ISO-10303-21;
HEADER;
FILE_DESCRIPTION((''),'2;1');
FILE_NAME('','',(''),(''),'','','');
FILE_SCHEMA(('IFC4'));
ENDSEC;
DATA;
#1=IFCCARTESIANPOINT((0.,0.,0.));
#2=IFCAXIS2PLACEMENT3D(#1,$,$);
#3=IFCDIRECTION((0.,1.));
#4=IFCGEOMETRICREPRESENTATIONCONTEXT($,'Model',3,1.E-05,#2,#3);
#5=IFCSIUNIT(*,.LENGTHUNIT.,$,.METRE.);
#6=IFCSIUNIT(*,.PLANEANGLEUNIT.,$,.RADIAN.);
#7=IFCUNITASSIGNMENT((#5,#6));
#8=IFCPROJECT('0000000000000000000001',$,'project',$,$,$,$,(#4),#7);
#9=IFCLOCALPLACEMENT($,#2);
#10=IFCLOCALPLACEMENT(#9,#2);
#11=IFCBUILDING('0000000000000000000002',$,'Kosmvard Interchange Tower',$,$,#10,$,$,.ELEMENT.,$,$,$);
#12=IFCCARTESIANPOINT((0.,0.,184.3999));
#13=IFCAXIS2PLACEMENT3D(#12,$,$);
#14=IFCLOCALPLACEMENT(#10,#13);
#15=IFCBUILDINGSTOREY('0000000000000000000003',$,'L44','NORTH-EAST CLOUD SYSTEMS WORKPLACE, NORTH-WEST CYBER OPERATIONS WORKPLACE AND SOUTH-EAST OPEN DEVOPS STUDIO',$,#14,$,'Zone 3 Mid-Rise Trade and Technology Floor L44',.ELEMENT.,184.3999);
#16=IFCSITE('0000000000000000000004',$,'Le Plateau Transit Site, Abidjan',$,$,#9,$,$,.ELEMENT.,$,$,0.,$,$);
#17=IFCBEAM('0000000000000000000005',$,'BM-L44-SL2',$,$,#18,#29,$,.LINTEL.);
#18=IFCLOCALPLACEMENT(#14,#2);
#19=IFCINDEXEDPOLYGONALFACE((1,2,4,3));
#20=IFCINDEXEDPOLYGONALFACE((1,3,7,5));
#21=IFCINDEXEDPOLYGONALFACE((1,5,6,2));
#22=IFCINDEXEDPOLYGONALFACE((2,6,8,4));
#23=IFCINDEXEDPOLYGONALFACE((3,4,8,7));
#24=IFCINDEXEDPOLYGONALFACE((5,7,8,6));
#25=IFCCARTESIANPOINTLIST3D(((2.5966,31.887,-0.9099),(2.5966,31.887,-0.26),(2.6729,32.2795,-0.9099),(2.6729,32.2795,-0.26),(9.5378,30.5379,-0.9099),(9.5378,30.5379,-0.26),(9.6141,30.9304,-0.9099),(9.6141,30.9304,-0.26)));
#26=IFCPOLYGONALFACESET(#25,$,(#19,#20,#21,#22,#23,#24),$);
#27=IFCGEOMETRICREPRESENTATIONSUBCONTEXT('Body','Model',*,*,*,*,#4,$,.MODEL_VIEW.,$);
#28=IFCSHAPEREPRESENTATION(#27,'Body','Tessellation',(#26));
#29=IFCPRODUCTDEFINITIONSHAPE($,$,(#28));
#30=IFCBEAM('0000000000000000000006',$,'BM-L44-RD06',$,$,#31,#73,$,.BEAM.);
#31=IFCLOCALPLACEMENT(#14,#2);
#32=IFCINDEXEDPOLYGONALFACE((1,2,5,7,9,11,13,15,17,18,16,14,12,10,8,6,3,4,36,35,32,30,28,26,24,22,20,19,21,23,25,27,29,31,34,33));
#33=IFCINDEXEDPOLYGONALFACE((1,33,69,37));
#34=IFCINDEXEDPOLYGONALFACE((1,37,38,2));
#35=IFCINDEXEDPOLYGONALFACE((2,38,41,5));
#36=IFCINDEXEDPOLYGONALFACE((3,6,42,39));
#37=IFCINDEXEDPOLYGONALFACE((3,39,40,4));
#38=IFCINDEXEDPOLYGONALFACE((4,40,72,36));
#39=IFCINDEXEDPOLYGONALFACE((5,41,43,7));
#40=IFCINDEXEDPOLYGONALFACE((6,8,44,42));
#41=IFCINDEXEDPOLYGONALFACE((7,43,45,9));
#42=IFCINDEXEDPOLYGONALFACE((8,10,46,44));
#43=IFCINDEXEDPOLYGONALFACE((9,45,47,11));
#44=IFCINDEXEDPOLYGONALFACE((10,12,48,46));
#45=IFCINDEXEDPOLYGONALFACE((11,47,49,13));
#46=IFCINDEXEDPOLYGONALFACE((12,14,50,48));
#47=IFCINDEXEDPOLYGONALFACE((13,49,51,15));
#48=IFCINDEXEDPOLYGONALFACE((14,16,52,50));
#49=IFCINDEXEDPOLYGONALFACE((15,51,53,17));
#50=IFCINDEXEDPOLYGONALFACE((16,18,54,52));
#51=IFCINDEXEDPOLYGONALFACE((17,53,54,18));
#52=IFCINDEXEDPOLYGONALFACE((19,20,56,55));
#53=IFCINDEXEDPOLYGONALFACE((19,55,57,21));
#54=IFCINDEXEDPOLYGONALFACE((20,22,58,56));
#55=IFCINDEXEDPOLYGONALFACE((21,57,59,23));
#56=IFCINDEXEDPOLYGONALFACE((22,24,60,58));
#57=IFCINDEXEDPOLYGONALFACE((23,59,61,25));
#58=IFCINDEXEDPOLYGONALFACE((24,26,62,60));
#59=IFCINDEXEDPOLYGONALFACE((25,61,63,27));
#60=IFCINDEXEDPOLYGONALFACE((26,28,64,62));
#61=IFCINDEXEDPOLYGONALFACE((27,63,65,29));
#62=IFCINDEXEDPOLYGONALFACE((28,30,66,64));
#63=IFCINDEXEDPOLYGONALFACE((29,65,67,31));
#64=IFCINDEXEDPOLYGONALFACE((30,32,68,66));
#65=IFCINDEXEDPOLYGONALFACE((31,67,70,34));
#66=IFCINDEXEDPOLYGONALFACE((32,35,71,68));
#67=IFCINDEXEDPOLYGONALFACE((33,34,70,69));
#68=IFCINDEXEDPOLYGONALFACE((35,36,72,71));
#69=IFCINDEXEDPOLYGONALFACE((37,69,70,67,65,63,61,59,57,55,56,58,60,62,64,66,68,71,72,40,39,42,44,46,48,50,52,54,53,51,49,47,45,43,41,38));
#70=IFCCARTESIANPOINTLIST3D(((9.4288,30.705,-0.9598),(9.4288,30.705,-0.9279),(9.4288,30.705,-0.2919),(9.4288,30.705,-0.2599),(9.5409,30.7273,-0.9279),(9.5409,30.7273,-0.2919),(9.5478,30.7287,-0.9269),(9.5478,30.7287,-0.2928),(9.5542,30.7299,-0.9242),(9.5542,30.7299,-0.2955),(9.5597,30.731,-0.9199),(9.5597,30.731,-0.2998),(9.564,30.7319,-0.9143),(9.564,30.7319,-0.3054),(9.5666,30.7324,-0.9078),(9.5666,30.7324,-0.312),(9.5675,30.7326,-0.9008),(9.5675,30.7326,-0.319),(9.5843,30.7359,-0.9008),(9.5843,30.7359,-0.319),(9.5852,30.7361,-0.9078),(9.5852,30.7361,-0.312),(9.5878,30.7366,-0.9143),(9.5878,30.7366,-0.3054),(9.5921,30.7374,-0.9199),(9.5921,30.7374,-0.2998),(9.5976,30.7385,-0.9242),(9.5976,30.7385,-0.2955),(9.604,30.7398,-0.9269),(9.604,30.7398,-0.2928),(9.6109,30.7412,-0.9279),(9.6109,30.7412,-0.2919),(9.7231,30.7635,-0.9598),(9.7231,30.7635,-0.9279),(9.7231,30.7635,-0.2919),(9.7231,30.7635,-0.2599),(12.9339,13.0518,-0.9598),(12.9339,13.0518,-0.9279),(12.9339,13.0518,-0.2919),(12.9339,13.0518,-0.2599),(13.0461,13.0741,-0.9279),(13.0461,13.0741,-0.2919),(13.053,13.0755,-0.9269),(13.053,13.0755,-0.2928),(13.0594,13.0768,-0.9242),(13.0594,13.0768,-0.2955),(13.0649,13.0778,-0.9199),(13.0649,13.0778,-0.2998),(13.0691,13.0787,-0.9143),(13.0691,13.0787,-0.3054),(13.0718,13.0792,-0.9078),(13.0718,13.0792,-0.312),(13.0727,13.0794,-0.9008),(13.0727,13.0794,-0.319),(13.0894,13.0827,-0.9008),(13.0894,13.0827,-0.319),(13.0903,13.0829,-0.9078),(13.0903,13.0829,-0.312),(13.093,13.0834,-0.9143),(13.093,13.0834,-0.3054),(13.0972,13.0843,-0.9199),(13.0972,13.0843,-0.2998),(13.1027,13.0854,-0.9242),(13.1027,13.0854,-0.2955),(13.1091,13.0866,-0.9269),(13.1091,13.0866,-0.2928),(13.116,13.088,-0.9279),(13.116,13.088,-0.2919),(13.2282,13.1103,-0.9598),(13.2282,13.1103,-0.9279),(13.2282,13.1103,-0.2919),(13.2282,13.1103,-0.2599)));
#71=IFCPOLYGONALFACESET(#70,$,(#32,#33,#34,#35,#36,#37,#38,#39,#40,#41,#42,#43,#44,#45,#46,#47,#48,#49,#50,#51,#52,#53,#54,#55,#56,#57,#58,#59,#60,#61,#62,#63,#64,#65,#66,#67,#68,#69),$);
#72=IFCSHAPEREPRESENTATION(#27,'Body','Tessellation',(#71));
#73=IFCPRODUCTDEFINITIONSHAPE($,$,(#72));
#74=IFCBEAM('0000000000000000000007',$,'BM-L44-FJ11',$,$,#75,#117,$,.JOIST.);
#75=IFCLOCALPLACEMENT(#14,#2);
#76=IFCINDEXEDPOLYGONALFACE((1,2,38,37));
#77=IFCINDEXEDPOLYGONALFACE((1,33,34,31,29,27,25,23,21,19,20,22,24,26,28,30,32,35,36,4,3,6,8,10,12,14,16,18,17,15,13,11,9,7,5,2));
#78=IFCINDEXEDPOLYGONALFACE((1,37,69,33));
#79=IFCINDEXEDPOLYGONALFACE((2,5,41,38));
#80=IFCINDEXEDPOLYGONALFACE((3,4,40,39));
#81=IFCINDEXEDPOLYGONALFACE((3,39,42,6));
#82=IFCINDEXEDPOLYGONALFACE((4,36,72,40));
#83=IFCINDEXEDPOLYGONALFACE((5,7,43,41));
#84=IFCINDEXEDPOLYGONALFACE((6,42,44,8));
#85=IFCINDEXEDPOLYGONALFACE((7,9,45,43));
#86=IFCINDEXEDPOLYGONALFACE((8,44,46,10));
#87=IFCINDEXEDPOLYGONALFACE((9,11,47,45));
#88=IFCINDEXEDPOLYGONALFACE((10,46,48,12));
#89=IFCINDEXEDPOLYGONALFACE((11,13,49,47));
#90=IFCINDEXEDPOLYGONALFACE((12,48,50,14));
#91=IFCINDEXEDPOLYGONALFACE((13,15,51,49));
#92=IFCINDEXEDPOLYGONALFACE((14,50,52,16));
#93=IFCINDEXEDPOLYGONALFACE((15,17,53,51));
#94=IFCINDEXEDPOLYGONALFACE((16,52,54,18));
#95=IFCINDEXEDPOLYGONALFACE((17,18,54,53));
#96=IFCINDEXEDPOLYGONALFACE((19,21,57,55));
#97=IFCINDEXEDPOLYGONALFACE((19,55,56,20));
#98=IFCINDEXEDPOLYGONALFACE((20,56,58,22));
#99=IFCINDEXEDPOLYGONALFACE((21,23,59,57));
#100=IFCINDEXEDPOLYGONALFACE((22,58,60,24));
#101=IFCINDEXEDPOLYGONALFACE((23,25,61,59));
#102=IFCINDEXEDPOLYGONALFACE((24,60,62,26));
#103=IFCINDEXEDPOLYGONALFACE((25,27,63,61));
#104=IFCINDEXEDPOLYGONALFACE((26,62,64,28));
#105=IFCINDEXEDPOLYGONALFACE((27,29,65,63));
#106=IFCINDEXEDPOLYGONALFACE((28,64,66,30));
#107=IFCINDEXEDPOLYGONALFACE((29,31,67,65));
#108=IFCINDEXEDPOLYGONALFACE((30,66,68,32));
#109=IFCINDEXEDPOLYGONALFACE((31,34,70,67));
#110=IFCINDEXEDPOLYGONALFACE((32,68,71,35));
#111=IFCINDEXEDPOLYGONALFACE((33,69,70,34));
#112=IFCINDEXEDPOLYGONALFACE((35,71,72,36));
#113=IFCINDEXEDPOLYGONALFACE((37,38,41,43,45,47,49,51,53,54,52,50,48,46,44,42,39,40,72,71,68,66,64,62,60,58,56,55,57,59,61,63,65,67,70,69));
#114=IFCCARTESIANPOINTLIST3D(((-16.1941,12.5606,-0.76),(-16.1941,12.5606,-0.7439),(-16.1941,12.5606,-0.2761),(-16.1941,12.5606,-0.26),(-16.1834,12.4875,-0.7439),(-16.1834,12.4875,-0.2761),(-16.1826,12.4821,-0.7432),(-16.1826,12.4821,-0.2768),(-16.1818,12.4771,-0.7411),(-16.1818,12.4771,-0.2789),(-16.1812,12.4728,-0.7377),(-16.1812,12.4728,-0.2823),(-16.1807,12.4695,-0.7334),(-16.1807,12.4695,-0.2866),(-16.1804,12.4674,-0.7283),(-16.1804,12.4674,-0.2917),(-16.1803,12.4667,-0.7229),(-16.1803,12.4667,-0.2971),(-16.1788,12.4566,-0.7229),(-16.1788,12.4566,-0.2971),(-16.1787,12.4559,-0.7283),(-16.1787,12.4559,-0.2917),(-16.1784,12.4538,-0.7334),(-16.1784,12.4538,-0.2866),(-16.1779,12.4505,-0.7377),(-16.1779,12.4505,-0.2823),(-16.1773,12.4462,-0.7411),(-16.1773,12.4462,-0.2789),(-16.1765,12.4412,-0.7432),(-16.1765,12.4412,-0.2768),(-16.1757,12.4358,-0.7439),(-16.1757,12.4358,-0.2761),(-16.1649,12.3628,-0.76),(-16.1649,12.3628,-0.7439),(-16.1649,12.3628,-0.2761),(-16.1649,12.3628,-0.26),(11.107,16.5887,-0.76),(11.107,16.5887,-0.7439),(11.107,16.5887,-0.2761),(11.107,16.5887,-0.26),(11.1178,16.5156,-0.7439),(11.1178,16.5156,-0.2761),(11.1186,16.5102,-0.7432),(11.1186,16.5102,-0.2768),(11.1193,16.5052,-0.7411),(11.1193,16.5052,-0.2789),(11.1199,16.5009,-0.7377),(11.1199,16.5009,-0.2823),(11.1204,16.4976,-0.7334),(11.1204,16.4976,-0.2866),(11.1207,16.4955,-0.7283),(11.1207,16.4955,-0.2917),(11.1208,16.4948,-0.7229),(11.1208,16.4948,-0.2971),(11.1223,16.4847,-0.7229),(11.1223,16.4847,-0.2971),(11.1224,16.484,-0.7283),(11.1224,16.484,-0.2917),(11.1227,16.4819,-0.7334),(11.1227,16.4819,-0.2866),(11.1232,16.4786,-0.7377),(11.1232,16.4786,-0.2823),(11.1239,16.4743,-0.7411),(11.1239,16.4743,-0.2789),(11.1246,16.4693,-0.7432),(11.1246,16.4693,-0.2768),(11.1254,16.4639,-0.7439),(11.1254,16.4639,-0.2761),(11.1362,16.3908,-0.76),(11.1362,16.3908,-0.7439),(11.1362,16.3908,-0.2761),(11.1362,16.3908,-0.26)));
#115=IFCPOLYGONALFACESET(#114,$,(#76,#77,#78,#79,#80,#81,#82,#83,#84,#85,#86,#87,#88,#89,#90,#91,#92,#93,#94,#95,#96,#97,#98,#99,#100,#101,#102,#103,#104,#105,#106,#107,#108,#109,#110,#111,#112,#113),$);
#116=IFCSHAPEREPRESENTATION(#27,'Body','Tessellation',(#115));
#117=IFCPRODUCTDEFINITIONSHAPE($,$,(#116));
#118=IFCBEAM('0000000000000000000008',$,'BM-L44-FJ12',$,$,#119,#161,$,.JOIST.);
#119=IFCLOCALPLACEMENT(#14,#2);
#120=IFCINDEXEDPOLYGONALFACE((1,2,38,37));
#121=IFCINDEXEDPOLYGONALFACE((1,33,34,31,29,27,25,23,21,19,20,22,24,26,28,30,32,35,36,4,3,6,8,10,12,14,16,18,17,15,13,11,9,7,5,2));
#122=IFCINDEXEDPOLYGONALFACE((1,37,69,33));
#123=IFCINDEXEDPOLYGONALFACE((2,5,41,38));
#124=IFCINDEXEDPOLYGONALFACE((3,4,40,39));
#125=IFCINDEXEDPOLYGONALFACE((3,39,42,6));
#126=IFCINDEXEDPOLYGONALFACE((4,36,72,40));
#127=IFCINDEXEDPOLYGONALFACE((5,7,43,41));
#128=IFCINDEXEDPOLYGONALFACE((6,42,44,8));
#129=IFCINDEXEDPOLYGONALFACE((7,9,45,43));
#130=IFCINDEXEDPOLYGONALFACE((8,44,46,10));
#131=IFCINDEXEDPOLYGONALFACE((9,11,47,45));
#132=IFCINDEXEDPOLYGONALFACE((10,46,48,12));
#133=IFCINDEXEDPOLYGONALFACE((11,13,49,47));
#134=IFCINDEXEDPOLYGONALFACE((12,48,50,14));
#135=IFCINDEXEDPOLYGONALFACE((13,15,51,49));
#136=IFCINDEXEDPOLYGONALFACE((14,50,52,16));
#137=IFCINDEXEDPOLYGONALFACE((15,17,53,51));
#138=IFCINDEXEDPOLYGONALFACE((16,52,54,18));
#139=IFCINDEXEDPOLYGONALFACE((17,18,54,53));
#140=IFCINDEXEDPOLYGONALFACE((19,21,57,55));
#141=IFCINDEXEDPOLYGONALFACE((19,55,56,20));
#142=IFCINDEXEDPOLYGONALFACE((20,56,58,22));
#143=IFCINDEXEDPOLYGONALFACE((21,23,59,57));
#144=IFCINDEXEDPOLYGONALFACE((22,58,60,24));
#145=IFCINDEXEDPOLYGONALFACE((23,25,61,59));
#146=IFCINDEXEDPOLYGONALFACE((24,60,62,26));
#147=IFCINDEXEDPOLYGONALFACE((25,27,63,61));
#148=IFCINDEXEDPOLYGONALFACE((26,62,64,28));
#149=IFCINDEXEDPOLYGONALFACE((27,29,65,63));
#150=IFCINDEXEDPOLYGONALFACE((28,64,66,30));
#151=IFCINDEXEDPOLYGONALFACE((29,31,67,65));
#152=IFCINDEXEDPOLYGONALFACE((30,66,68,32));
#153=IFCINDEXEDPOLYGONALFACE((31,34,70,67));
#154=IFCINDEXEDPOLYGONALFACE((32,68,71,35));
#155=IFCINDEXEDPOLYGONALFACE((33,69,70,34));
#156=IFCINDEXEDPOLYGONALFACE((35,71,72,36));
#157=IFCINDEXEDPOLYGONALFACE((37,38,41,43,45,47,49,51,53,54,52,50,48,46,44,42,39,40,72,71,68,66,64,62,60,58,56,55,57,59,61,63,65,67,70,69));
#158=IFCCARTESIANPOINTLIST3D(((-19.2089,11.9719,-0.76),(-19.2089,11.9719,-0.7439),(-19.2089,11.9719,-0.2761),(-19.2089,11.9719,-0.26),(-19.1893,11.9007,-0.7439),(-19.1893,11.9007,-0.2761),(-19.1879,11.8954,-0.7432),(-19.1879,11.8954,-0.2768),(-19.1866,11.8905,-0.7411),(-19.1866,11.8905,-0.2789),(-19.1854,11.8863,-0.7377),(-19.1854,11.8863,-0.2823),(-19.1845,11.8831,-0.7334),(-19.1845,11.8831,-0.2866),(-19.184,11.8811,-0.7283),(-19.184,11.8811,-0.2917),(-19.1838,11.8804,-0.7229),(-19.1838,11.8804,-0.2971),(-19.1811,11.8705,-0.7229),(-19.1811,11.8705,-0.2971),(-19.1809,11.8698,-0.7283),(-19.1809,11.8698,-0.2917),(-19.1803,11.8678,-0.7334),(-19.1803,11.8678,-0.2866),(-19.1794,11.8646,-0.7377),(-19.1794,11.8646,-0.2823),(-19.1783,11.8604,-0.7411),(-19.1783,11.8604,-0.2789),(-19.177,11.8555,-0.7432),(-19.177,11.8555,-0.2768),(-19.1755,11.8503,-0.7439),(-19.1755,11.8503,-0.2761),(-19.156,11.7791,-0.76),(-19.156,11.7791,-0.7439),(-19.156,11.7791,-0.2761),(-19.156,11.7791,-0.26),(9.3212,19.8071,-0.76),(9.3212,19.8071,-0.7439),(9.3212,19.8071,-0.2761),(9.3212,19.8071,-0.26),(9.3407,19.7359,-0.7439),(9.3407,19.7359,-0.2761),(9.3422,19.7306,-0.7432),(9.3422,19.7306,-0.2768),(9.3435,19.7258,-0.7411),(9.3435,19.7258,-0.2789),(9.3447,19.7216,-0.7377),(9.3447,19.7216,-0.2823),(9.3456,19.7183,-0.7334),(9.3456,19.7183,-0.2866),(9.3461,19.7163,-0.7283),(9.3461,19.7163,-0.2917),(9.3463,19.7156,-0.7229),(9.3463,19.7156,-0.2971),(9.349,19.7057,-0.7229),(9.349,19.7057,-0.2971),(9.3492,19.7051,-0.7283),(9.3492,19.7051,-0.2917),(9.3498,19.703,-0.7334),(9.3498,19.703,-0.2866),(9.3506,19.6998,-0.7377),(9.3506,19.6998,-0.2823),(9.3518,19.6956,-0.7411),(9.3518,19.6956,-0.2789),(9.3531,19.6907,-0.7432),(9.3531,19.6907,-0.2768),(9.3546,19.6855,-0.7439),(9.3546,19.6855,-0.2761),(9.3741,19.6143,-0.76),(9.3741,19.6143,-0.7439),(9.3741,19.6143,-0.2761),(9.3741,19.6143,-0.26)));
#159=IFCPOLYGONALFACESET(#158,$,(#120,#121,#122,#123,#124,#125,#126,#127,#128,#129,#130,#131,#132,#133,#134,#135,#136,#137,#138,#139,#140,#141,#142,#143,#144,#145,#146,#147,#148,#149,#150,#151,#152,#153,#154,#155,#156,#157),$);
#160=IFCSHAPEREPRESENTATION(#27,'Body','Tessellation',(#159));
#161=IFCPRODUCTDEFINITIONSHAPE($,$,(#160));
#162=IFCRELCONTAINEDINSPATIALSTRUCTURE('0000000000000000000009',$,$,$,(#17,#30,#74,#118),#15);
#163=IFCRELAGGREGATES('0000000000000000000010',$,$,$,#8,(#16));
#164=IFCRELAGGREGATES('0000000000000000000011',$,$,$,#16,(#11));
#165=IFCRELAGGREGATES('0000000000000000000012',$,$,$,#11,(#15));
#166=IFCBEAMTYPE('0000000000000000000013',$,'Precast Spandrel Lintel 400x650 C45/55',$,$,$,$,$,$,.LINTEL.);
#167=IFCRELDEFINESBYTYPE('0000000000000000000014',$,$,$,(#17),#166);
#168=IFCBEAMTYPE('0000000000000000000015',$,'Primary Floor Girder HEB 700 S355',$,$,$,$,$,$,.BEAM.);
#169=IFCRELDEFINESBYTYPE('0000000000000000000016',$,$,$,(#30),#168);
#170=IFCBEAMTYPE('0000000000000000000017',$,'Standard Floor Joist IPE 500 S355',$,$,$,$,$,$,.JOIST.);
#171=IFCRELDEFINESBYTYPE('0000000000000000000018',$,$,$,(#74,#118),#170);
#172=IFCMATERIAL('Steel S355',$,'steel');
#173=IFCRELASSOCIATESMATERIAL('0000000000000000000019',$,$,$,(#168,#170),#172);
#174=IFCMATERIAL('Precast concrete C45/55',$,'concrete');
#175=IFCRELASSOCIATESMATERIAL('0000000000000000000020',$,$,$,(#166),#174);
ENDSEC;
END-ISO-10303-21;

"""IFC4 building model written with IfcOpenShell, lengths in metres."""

from ifc_helpers import new_model, si_unit, direction, frame, origin, origin_2d, place, context, subcontext, project, spatial, rectangle, i_section, extrude, source, transform, mapped, material, material_profile, profile_set, type_object, element, save


model = new_model("IFC4")

# Units and contexts
model_context = context("Model", 3, precision=1e-05, world=origin(), true_north=direction((0.0, 1.0)))
body_context = subcontext(model_context, "Body", "Model", "MODEL_VIEW")
ifc_project = project(units=[si_unit("LENGTHUNIT", "METRE"), si_unit("PLANEANGLEUNIT", "RADIAN")], contexts=[model_context])

# Site, building, storey
site_placement = place(None, origin())
site = spatial("IfcSite", under=ifc_project, at=site_placement, Name="Le Plateau Transit Site, Abidjan", CompositionType="ELEMENT", RefElevation=0.0)
building_placement = place(site_placement, origin())
building = spatial("IfcBuilding", under=site, at=building_placement, Name="Kosmvard Interchange Tower", CompositionType="ELEMENT")
storey_placement = place(building_placement, frame((0.0, 0.0, 184.3999)))
storey = spatial("IfcBuildingStorey", under=building, at=storey_placement, Name="L44", Description="NORTH-EAST CLOUD SYSTEMS WORKPLACE, NORTH-WEST CYBER OPERATIONS WORKPLACE AND SOUTH-EAST OPEN DEVOPS STUDIO", LongName="Zone 3 Mid-Rise Trade and Technology Floor L44", CompositionType="ELEMENT", Elevation=184.3999)

# Beams
ifc_material_1 = material(Name="Steel S355", Category="steel")
ifc_material_profile_1 = material_profile(ifc_material_1, i_section(OverallWidth=0.3, OverallDepth=0.7, WebThickness=0.0171, FlangeThickness=0.032, FilletRadius=0.0271, at=origin_2d()), Name="HEB 700")
ifc_profile_set_1 = profile_set([ifc_material_profile_1], Name="Steel S355")
beam_type_1 = type_object("IfcBeamType", Name="Primary Floor Girder HEB 700 S355", PredefinedType="BEAM", material=ifc_profile_set_1)
ifc_material_2 = material(Name="Precast concrete C45/55", Category="concrete")
ifc_material_profile_2 = material_profile(ifc_material_2, rectangle(XDim=0.3999, YDim=0.6499, at=origin_2d()), Name="SL 400x650")
ifc_profile_set_2 = profile_set([ifc_material_profile_2], Name="Precast concrete C45/55")
beam_type_2 = type_object("IfcBeamType", Name="Precast Spandrel Lintel 400x650 C45/55", PredefinedType="LINTEL", material=ifc_profile_set_2)
shared_shape_1 = source(origin(), body_context, "Body", "SweptSolid", [
    extrude(rectangle(XDim=0.3999, YDim=0.6499, at=origin_2d()), origin(), (0.0, 0.0, 1.0), 7.071),
])
beam_1_placement = place(storey_placement, frame((9.5759, 30.7341, -0.585), z_axis=(-0.98163, 0.190795, 0.0), x_axis=(-0.190795, -0.98163, 0.0)))
element("IfcBeam", 1, at=beam_1_placement, inside=storey, type_object=beam_type_2, Name="BM-L44-SL2", PredefinedType="LINTEL", context=body_context, shape_type="MappedRepresentation", body=[
    mapped(shared_shape_1, transform((0.0, 0.0, 0.0), scale=1.0)),
])
shared_shape_2 = source(origin(), body_context, "Body", "SweptSolid", [
    extrude(i_section(OverallWidth=0.3, OverallDepth=0.7, WebThickness=0.0171, FlangeThickness=0.032, FilletRadius=0.0271, at=origin_2d()), origin(), (0.0, 0.0, 1.0), 17.9978),
])
beam_2_placement = place(storey_placement, frame((13.0811, 13.0811, -0.6099), z_axis=(-0.194754, 0.980852, 0.0), x_axis=(-0.980852, -0.194754, 0.0)))
element("IfcBeam", 2, at=beam_2_placement, inside=storey, type_object=beam_type_1, Name="BM-L44-RD06", PredefinedType="BEAM", context=body_context, shape_type="MappedRepresentation", body=[
    mapped(shared_shape_2, transform((0.0, 0.0, 0.0), scale=1.0)),
])
ifc_material_profile_3 = material_profile(ifc_material_1, i_section(OverallWidth=0.2, OverallDepth=0.5, WebThickness=0.0103, FlangeThickness=0.0161, FilletRadius=0.021, at=origin_2d()), Name="IPE 500")
ifc_profile_set_3 = profile_set([ifc_material_profile_3], Name="Steel S355")
beam_type_3 = type_object("IfcBeamType", Name="Standard Floor Joist IPE 500 S355", PredefinedType="JOIST", material=ifc_profile_set_3)
shared_shape_3 = source(origin(), body_context, "Body", "SweptSolid", [
    extrude(i_section(OverallWidth=0.2, OverallDepth=0.5, WebThickness=0.0103, FlangeThickness=0.0161, FilletRadius=0.021, at=origin_2d()), origin(), (0.0, 0.0, 1.0), 27.5967),
])
beam_3_placement = place(storey_placement, frame((11.1216, 16.4897, -0.51), z_axis=(-0.98929, -0.145963, 0.0), x_axis=(0.145963, -0.98929, 0.0)))
element("IfcBeam", 3, at=beam_3_placement, inside=storey, type_object=beam_type_3, Name="BM-L44-FJ11", PredefinedType="JOIST", context=body_context, shape_type="MappedRepresentation", body=[
    mapped(shared_shape_3, transform((0.0, 0.0, 0.0), scale=1.0)),
])
shared_shape_4 = source(origin(), body_context, "Body", "SweptSolid", [
    extrude(i_section(OverallWidth=0.2, OverallDepth=0.5, WebThickness=0.0103, FlangeThickness=0.0161, FilletRadius=0.021, at=origin_2d()), origin(), (0.0, 0.0, 1.0), 29.5864),
])
beam_4_placement = place(storey_placement, frame((9.3477, 19.7107, -0.51), z_axis=(-0.964297, -0.264825, 0.0), x_axis=(0.264825, -0.964297, 0.0)))
element("IfcBeam", 4, at=beam_4_placement, inside=storey, type_object=beam_type_3, Name="BM-L44-FJ12", PredefinedType="JOIST", context=body_context, shape_type="MappedRepresentation", body=[
    mapped(shared_shape_4, transform((0.0, 0.0, 0.0), scale=1.0)),
])

save(model, "model.ifc")
